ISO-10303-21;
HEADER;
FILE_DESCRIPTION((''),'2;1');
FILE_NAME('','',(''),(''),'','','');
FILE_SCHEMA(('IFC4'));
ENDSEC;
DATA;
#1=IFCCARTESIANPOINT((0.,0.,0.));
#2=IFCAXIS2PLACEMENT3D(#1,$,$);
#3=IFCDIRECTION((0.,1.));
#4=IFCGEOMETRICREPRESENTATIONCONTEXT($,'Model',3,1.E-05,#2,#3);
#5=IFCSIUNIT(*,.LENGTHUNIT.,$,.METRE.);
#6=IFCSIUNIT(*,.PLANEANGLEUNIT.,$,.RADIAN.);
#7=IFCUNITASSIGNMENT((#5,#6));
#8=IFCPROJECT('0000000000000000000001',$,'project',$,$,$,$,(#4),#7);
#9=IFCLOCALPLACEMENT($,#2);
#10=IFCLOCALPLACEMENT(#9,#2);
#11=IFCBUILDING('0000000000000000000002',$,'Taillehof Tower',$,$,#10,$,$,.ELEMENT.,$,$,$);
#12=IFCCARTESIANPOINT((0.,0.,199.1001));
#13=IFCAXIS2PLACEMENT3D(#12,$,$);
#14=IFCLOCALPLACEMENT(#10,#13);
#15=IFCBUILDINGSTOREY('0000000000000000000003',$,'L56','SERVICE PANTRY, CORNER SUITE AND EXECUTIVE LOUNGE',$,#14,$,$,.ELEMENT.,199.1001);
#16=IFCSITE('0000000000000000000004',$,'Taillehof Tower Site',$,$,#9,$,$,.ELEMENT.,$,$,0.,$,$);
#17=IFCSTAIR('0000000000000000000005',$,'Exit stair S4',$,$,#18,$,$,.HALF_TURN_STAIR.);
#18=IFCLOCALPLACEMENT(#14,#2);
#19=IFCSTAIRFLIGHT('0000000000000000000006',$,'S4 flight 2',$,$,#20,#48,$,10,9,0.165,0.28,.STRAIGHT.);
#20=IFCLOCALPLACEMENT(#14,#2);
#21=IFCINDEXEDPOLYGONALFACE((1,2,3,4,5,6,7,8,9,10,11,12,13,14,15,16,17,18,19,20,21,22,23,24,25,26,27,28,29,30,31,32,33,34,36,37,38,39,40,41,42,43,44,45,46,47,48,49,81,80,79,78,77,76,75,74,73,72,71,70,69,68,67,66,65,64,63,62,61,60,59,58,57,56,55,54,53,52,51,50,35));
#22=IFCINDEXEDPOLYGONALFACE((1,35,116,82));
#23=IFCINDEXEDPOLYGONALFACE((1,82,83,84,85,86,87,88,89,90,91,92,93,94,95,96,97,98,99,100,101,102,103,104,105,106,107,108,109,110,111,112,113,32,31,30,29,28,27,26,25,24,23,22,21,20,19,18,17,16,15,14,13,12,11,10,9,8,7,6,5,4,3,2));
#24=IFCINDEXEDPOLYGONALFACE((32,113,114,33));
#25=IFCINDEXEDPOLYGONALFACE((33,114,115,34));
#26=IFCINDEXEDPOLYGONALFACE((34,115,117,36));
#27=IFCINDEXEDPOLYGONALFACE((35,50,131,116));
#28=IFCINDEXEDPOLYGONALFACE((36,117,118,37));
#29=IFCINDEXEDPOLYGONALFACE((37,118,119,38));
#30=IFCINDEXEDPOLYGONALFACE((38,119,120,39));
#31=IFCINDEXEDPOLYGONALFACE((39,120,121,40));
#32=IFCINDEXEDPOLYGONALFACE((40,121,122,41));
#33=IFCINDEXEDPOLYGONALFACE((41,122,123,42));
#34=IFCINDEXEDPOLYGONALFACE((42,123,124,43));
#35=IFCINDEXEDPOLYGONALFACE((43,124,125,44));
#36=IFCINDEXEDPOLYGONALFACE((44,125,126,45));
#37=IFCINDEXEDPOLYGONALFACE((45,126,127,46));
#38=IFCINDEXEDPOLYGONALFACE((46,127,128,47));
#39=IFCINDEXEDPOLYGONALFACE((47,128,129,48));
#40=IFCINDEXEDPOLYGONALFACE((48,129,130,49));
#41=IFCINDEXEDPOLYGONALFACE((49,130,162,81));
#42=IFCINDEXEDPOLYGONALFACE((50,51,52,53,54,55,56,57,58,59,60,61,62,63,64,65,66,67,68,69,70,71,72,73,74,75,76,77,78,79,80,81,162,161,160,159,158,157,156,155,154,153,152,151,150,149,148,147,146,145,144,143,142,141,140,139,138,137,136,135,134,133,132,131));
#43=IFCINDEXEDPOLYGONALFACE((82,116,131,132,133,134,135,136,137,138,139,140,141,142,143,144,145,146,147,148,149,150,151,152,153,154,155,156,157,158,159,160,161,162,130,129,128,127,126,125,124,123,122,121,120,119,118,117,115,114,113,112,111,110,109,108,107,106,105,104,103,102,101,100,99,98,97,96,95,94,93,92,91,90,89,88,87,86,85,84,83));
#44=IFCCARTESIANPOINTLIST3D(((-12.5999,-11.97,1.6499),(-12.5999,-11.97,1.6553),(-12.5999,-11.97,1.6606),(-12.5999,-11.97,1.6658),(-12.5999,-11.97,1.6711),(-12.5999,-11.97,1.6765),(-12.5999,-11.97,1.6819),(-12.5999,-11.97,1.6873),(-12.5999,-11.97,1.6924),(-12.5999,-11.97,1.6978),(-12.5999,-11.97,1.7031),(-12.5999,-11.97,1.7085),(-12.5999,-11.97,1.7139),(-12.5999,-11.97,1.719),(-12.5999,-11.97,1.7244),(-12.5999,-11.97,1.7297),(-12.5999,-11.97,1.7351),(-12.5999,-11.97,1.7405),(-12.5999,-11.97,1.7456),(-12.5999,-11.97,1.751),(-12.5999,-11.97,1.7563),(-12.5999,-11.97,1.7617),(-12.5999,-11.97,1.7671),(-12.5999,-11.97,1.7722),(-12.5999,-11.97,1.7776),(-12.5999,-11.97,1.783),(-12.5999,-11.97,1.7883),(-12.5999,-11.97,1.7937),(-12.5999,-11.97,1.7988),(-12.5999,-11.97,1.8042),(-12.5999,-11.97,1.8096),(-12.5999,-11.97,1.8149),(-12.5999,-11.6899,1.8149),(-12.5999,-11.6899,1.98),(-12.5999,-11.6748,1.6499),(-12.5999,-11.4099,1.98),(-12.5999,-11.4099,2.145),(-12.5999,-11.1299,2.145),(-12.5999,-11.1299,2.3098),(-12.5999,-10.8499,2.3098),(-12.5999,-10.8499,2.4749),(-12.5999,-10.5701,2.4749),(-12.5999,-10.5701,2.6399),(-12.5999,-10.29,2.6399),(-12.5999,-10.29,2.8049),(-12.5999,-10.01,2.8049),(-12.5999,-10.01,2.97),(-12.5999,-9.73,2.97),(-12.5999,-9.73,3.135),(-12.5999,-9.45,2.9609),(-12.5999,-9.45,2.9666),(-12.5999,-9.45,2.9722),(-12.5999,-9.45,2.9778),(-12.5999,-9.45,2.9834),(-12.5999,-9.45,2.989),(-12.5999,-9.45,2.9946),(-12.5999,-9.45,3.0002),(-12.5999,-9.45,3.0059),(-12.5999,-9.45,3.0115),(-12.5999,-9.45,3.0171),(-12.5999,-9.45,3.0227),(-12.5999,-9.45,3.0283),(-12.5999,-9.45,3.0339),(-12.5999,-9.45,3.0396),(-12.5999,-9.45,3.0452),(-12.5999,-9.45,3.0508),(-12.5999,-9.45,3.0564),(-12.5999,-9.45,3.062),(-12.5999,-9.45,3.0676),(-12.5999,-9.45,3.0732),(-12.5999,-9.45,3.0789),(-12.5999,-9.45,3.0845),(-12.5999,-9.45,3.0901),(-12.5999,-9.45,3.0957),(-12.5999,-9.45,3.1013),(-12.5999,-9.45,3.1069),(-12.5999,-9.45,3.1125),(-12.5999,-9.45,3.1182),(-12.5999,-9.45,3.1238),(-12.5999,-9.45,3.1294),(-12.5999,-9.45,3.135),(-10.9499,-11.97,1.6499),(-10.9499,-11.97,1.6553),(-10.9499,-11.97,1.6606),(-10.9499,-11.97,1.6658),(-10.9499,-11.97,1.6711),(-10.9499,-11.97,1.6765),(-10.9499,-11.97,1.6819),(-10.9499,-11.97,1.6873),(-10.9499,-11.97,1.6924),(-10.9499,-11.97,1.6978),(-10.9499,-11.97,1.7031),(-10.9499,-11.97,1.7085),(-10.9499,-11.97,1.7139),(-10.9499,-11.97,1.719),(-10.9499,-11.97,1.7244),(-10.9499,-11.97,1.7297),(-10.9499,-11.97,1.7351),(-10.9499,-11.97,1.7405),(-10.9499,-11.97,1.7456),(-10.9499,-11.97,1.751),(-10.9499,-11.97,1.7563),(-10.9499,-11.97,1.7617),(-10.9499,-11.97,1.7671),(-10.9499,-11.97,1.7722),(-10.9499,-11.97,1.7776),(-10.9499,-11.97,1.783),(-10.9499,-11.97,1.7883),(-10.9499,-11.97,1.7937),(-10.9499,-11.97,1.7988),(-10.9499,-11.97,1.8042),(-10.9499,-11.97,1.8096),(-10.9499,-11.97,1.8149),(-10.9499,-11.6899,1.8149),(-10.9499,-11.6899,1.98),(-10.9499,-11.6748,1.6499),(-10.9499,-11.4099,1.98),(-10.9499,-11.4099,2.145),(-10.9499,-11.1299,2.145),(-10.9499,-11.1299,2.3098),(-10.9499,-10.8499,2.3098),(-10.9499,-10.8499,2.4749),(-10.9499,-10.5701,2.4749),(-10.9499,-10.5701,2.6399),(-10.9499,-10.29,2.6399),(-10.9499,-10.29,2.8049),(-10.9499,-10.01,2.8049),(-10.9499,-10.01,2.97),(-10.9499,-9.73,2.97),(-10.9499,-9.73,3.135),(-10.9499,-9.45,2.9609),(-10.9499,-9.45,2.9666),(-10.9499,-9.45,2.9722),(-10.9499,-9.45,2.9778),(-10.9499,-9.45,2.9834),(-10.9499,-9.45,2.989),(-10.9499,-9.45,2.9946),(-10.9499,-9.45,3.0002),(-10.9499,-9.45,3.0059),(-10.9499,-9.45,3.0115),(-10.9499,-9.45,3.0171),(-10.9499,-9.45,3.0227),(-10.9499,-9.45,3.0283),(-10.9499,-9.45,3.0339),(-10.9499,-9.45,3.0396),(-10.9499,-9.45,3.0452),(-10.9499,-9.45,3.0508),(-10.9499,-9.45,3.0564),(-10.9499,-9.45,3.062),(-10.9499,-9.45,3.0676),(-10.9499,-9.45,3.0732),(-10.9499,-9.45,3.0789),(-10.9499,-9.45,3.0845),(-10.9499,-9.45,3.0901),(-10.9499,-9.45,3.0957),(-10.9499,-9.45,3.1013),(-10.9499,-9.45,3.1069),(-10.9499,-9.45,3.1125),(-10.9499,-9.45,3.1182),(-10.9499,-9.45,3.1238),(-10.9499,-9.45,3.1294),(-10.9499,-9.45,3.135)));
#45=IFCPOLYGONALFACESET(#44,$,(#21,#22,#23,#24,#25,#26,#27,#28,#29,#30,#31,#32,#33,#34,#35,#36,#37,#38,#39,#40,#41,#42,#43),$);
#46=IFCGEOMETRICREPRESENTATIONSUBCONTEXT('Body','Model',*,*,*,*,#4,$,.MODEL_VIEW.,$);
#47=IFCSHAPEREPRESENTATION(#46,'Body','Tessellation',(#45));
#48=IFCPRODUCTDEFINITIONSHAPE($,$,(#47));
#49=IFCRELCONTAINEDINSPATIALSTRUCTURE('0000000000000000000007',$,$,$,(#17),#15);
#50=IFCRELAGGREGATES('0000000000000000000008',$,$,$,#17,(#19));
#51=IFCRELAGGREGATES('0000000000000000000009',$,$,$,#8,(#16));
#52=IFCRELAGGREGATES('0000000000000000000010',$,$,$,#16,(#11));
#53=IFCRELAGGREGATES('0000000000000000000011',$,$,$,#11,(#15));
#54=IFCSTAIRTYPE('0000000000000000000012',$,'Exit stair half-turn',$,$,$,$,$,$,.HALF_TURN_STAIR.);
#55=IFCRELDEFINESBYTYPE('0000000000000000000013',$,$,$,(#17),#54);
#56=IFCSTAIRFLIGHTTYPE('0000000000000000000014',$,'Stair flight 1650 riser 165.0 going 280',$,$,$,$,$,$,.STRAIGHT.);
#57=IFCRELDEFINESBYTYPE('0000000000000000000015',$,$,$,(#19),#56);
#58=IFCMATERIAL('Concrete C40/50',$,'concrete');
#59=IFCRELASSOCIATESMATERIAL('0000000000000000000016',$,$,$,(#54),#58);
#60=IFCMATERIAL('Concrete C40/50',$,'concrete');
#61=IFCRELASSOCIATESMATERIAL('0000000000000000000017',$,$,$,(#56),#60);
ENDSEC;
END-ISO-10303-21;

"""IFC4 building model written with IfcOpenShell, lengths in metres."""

from ifc_helpers import new_model, si_unit, direction, frame, origin, place, context, subcontext, project, spatial, polyline, outline, extrude, material, type_object, element, aggregate, save


model = new_model("IFC4")

# Units and contexts
model_context = context("Model", 3, precision=1e-05, world=origin(), true_north=direction((0.0, 1.0)))
body_context = subcontext(model_context, "Body", "Model", "MODEL_VIEW")
ifc_project = project(units=[si_unit("LENGTHUNIT", "METRE"), si_unit("PLANEANGLEUNIT", "RADIAN")], contexts=[model_context])

# Site, building, storey
site_placement = place(None, origin())
site = spatial("IfcSite", under=ifc_project, at=site_placement, Name="Taillehof Tower Site", CompositionType="ELEMENT", RefElevation=0.0)
building_placement = place(site_placement, origin())
building = spatial("IfcBuilding", under=site, at=building_placement, Name="Taillehof Tower", CompositionType="ELEMENT")
storey_placement = place(building_placement, frame((0.0, 0.0, 199.1001)))
storey = spatial("IfcBuildingStorey", under=building, at=storey_placement, Name="L56", Description="SERVICE PANTRY, CORNER SUITE AND EXECUTIVE LOUNGE", CompositionType="ELEMENT", Elevation=199.1001)

# Stair, stair flight
ifc_material_1 = material(Name="Concrete C40/50", Category="concrete")
stair_type = type_object("IfcStairType", Name="Exit stair half-turn", PredefinedType="HALF_TURN_STAIR", material=ifc_material_1)
stair_placement = place(storey_placement, origin())
stair = element("IfcStair", 1, at=stair_placement, inside=storey, type_object=stair_type, Name="Exit stair S4", PredefinedType="HALF_TURN_STAIR")
ifc_material_2 = material(Name="Concrete C40/50", Category="concrete")
stair_flight_type = type_object("IfcStairFlightType", Name="Stair flight 1650 riser 165.0 going 280", PredefinedType="STRAIGHT", material=ifc_material_2)
stair_flight_placement = place(storey_placement, frame((-11.7749, -11.97, 1.6499), z_axis=(0.0, 0.0, 1.0), x_axis=(0.0, 1.0, 0.0)))
stair_flight = element("IfcStairFlight", 2, at=stair_flight_placement, type_object=stair_flight_type, Name="S4 flight 2", NumberOfRisers=10, NumberOfTreads=9, PredefinedType="STRAIGHT", RiserHeight=0.165, TreadLength=0.28, context=body_context, shape_type="SweptSolid", body=[
    extrude(outline(polyline([(0.0, 0.0), (0.0, 0.0054), (0.0, 0.0107), (0.0, 0.0159), (0.0, 0.0212), (0.0, 0.0266), (0.0, 0.032), (0.0, 0.0374), (0.0, 0.0425), (0.0, 0.0479), (0.0, 0.0532), (0.0, 0.0586), (0.0, 0.064), (0.0, 0.0691), (0.0, 0.0745), (0.0, 0.0798), (0.0, 0.0852), (0.0, 0.0906), (0.0, 0.0957), (0.0, 0.1011), (0.0, 0.1064), (0.0, 0.1118), (0.0, 0.1172), (0.0, 0.1223), (0.0, 0.1277), (0.0, 0.1331), (0.0, 0.1384), (0.0, 0.1438), (0.0, 0.1489), (0.0, 0.1543), (0.0, 0.1597), (0.0, 0.165), (0.28, 0.165), (0.28, 0.3301), (0.5601, 0.3301), (0.5601, 0.4951), (0.8401, 0.4951), (0.8401, 0.6599), (1.1201, 0.6599), (1.1201, 0.825), (1.3999, 0.825), (1.3999, 0.99), (1.6799, 0.99), (1.6799, 1.155), (1.96, 1.155), (1.96, 1.3201), (2.24, 1.3201), (2.24, 1.4851), (2.52, 1.4851), (2.52, 1.4795), (2.52, 1.4739), (2.52, 1.4683), (2.52, 1.4626), (2.52, 1.457), (2.52, 1.4514), (2.52, 1.4458), (2.52, 1.4402), (2.52, 1.4346), (2.52, 1.429), (2.52, 1.4233), (2.52, 1.4177), (2.52, 1.4121), (2.52, 1.4065), (2.52, 1.4009), (2.52, 1.3953), (2.52, 1.3896), (2.52, 1.384), (2.52, 1.3784), (2.52, 1.3728), (2.52, 1.3672), (2.52, 1.3616), (2.52, 1.356), (2.52, 1.3503), (2.52, 1.3447), (2.52, 1.3391), (2.52, 1.3335), (2.52, 1.3279), (2.52, 1.3223), (2.52, 1.3167), (2.52, 1.311), (0.2952, 0.0), (0.0, 0.0)])), frame((0.0, 0.825, 0.0), z_axis=(0.0, -1.0, 0.0), x_axis=(1.0, 0.0, 0.0)), (0.0, 0.0, 1.0), 1.65),
])
aggregate(stair, [stair_flight])

save(model, "model.ifc")
